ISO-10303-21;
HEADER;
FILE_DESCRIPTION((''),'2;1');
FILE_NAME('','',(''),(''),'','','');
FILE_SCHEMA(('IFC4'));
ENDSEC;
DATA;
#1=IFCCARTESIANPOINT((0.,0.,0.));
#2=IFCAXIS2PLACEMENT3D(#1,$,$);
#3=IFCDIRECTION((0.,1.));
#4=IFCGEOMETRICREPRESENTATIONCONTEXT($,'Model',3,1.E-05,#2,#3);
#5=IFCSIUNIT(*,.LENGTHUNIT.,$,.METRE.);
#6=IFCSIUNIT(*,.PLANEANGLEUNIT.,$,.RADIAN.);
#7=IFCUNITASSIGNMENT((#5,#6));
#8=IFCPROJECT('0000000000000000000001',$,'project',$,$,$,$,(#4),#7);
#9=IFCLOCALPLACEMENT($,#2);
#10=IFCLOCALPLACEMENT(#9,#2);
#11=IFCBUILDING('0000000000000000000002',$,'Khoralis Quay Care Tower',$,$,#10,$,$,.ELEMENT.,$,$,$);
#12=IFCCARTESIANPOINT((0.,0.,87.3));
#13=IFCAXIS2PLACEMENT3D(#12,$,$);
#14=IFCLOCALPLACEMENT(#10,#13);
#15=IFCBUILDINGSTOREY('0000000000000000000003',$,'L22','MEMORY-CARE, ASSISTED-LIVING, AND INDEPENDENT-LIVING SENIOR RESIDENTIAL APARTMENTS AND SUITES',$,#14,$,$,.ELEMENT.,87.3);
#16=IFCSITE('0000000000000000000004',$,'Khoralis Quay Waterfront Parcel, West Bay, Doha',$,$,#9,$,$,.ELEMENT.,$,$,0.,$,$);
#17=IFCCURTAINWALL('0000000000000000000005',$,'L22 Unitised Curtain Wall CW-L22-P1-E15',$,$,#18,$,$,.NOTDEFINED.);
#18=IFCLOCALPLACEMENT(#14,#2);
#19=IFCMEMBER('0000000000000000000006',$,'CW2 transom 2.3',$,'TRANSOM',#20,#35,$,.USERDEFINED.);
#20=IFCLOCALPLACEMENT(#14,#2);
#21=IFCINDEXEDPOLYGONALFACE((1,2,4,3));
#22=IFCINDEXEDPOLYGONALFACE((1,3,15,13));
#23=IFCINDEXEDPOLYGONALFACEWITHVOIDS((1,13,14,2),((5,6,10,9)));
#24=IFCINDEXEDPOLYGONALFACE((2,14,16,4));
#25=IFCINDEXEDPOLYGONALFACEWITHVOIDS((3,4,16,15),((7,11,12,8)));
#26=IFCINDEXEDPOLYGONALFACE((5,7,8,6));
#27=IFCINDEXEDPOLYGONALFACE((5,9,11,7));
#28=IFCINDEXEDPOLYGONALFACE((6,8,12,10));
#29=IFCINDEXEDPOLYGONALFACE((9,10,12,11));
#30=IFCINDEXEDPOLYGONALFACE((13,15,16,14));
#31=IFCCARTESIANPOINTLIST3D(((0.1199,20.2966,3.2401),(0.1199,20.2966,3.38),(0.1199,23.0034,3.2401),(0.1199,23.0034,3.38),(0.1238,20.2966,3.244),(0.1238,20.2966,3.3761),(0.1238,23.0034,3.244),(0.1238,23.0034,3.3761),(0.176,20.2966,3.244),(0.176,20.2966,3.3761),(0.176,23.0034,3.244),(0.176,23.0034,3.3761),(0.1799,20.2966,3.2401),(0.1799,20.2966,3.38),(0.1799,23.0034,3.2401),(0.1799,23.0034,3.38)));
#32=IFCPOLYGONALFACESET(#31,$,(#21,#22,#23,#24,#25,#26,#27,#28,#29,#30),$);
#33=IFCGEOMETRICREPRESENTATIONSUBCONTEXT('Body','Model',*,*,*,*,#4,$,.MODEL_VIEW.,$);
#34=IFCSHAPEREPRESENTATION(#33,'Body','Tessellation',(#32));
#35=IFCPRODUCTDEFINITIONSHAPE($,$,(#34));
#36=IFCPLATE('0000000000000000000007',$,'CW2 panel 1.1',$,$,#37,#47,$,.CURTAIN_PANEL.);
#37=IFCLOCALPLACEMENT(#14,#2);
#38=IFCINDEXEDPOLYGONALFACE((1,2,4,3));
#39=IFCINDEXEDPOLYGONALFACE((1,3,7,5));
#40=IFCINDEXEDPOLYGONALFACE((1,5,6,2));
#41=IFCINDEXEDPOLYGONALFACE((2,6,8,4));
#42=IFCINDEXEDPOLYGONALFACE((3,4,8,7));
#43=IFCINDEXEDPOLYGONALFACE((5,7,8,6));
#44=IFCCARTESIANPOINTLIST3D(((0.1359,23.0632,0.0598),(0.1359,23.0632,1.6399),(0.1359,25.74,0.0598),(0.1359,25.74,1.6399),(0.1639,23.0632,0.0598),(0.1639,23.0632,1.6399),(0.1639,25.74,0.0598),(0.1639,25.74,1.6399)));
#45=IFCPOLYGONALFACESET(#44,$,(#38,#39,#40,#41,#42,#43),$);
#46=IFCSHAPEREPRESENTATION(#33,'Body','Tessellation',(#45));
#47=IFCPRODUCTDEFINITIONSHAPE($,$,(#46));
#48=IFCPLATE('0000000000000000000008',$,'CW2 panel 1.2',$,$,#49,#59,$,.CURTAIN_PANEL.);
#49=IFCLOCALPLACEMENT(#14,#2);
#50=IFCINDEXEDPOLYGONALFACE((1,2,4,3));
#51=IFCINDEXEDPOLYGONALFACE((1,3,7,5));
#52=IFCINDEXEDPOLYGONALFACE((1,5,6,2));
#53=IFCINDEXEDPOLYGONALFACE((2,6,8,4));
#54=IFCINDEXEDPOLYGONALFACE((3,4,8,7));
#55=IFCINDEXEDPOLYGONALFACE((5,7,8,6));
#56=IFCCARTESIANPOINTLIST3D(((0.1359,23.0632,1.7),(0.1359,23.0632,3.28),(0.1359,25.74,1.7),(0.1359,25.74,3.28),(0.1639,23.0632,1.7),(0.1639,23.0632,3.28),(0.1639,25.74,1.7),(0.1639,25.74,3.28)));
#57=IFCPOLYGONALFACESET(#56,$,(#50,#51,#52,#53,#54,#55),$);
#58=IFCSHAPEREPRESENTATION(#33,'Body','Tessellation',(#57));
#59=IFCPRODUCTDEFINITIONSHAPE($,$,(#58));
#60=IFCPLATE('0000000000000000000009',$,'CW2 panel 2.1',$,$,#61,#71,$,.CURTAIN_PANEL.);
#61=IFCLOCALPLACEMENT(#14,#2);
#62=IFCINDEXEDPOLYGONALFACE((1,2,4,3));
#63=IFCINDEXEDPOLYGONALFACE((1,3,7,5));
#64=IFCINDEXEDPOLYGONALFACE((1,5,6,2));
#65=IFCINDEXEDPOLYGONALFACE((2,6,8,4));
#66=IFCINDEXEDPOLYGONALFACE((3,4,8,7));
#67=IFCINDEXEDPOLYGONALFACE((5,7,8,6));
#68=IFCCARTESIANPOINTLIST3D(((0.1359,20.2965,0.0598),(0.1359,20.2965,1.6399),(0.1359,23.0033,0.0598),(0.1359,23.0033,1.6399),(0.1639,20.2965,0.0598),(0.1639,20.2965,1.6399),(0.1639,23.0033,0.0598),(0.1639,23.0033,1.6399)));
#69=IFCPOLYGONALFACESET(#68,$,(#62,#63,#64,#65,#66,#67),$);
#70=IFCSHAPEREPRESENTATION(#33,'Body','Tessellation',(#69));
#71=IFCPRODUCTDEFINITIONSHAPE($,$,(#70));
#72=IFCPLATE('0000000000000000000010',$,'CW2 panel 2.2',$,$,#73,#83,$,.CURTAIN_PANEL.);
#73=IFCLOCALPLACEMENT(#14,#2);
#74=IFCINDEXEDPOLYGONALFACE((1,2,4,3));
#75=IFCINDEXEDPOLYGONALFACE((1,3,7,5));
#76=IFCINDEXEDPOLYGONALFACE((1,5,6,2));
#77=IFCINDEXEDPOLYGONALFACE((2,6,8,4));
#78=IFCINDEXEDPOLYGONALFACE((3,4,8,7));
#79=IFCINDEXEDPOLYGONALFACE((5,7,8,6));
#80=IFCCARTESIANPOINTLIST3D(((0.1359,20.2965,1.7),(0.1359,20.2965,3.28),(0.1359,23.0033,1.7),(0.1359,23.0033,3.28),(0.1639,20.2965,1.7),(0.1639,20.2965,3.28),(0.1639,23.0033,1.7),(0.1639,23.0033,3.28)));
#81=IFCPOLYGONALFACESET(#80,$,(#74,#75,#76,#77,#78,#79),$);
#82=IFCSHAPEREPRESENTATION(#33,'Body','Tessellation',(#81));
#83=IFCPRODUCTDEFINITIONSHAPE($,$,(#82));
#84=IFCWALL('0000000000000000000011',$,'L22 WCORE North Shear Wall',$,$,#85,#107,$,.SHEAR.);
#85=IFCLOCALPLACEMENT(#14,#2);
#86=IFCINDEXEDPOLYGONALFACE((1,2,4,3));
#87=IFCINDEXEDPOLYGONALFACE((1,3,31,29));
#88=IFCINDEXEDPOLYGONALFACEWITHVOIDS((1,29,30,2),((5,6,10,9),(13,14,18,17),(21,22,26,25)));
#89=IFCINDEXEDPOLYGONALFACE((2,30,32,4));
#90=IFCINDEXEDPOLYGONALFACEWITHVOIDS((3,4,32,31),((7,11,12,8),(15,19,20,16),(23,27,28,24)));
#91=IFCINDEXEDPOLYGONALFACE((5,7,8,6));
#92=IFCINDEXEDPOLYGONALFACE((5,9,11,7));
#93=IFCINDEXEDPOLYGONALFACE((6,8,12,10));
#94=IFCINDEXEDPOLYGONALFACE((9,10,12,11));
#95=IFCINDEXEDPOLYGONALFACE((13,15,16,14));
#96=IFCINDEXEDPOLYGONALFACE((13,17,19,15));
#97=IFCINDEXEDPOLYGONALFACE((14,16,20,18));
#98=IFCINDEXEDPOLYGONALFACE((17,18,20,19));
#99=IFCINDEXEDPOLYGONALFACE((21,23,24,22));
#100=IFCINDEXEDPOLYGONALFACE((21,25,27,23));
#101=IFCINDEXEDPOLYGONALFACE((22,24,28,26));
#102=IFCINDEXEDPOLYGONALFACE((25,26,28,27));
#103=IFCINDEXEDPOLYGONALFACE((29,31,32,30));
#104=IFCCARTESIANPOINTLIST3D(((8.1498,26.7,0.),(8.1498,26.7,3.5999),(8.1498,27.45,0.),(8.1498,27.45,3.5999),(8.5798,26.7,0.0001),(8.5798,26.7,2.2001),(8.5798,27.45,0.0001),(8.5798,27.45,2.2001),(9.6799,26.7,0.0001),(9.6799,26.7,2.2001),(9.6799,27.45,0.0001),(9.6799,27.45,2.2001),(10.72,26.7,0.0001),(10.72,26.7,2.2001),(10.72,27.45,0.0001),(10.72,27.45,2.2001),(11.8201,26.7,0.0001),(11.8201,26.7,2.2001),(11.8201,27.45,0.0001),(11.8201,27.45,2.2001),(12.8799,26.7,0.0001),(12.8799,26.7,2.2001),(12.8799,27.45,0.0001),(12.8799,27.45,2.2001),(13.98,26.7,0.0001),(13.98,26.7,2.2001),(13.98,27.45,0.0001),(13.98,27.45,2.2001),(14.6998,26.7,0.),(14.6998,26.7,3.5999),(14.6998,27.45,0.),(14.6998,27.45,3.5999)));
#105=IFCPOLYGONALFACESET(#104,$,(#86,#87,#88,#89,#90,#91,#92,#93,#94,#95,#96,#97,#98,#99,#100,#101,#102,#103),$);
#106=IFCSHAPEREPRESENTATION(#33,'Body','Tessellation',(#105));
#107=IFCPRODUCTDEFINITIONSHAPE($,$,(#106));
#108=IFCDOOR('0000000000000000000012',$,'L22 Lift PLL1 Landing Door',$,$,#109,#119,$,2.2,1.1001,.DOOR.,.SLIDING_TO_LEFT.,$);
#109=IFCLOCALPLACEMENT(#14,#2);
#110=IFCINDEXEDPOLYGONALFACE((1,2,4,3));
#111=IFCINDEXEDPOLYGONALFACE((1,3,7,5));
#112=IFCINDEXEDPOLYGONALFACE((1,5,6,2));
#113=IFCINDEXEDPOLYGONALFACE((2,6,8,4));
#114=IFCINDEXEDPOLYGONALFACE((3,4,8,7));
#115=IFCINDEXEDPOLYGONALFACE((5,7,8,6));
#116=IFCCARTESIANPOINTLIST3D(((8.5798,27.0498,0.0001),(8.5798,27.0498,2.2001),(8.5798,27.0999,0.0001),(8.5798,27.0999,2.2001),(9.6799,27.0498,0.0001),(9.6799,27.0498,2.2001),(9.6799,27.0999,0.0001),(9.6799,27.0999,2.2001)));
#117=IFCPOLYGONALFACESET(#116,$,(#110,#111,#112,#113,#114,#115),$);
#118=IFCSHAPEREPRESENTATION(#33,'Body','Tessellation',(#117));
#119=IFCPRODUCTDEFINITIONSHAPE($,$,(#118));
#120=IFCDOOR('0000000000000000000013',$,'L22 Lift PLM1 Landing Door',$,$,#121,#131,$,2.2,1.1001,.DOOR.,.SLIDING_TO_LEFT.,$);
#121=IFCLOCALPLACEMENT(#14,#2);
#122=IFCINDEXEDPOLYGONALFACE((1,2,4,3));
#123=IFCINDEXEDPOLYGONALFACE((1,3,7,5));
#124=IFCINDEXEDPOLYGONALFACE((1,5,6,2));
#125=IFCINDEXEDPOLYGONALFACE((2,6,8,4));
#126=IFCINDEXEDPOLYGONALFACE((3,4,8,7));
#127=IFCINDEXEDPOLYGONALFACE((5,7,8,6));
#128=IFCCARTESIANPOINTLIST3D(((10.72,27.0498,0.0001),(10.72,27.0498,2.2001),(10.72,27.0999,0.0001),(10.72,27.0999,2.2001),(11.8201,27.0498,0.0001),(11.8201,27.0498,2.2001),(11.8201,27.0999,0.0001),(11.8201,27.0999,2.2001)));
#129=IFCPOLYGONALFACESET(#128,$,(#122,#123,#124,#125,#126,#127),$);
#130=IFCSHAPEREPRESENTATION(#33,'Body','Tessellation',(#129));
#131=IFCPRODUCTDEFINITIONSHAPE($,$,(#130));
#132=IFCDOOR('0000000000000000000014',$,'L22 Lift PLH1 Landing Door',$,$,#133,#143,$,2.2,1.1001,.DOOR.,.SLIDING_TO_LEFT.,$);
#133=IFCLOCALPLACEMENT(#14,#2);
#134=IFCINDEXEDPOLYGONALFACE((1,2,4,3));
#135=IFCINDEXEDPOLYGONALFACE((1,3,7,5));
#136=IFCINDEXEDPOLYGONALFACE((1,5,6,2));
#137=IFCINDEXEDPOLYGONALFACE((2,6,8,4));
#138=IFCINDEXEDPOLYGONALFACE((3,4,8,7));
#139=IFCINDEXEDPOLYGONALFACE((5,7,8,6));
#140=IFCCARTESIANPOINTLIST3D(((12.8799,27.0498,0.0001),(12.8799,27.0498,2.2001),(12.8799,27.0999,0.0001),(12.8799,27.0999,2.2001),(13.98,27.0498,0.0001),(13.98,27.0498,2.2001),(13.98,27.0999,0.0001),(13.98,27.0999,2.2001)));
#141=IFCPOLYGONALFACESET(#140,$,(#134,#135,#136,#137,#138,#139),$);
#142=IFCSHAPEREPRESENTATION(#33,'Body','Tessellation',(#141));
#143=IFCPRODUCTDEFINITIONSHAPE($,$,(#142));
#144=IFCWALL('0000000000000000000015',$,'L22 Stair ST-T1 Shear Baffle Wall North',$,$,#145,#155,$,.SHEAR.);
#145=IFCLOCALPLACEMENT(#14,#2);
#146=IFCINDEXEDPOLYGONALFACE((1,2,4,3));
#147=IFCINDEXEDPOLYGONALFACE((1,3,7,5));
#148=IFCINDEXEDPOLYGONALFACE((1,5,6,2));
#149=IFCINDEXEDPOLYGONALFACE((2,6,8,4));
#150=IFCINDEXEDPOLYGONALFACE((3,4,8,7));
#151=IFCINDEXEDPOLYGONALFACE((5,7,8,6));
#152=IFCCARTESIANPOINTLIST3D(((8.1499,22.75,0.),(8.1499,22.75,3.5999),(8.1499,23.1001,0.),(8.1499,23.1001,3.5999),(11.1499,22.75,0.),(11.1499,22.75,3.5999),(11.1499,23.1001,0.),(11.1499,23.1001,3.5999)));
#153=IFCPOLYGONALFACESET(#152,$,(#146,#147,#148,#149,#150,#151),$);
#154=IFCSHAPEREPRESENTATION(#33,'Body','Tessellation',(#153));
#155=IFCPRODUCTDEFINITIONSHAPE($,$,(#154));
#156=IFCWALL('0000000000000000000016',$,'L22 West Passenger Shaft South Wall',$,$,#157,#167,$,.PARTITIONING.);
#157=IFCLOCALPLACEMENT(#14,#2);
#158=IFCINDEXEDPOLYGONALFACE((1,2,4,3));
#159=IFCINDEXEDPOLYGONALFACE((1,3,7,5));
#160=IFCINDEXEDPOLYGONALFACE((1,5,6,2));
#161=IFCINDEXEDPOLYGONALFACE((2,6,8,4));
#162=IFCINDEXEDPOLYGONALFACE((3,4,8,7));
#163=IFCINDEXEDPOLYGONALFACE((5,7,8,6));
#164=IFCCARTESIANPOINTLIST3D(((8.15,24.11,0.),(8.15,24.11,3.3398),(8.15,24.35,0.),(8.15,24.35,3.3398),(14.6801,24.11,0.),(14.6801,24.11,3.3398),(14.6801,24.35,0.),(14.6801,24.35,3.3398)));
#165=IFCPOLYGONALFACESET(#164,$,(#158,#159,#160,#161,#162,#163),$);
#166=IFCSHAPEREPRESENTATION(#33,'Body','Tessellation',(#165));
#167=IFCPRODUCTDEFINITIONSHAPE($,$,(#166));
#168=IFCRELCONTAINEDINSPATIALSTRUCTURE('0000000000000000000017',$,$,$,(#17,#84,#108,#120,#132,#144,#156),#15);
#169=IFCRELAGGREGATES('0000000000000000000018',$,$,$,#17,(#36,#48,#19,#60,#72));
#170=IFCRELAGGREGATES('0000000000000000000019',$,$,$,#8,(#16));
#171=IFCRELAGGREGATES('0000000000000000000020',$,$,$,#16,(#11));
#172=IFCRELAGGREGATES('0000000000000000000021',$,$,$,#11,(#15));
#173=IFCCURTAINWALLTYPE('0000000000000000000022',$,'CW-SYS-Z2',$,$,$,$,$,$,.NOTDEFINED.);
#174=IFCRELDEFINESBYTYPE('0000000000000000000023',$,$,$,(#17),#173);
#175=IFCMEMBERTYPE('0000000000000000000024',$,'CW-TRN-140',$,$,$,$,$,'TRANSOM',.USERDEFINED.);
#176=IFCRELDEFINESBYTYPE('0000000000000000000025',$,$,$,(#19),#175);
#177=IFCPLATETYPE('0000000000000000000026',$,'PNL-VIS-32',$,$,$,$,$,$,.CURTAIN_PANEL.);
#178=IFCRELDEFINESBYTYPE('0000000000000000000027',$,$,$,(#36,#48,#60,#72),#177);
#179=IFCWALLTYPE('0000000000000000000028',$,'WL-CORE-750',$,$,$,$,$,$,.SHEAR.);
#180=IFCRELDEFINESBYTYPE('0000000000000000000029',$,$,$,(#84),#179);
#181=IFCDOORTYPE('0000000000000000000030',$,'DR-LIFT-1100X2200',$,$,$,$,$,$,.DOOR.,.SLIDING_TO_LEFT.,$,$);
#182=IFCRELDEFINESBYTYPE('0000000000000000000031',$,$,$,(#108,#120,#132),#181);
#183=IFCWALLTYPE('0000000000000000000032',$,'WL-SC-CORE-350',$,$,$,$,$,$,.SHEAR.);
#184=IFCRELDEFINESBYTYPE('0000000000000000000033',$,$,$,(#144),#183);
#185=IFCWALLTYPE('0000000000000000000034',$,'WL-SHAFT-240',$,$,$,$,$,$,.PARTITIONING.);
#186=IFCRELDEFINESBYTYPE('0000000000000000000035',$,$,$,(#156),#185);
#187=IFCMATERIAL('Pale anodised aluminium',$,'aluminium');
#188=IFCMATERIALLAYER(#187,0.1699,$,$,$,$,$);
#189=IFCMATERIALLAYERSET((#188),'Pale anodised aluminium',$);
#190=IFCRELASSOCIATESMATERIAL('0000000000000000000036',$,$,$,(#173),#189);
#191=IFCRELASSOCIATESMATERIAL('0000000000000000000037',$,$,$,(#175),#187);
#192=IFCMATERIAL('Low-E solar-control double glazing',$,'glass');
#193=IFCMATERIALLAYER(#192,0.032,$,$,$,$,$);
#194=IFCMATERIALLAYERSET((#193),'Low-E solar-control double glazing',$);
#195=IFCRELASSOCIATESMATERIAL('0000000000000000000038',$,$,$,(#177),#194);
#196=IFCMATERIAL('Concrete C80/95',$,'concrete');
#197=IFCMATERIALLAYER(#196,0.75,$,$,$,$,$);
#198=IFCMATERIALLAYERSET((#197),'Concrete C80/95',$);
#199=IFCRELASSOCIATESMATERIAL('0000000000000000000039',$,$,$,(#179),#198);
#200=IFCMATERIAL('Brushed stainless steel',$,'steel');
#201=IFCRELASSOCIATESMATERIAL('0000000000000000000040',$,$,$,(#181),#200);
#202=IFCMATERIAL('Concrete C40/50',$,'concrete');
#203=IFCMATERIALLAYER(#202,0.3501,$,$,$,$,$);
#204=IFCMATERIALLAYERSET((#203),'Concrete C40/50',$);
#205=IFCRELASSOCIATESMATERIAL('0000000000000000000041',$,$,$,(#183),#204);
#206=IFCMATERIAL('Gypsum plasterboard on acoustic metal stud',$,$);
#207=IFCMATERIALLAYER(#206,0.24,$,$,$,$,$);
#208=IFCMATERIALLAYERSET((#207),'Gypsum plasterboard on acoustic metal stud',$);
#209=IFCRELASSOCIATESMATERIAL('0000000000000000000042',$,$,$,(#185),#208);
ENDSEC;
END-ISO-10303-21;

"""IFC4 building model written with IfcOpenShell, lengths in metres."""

from ifc_helpers import new_model, si_unit, direction, frame, frame_2d, origin, origin_2d, place, context, subcontext, project, spatial, rectangle, hollow_rectangle, extrude, source, transform, mapped, material, layer, layer_set, material_profile, profile_set, type_object, element, fill, aggregate, save


model = new_model("IFC4")

# Units and contexts
model_context = context("Model", 3, precision=1e-05, world=origin(), true_north=direction((0.0, 1.0)))
body_context = subcontext(model_context, "Body", "Model", "MODEL_VIEW")
ifc_project = project(units=[si_unit("LENGTHUNIT", "METRE"), si_unit("PLANEANGLEUNIT", "RADIAN")], contexts=[model_context])

# Site, building, storey
site_placement = place(None, origin())
site = spatial("IfcSite", under=ifc_project, at=site_placement, Name="Khoralis Quay Waterfront Parcel, West Bay, Doha", CompositionType="ELEMENT", RefElevation=0.0)
building_placement = place(site_placement, origin())
building = spatial("IfcBuilding", under=site, at=building_placement, Name="Khoralis Quay Care Tower", CompositionType="ELEMENT")
storey_placement = place(building_placement, frame((0.0, 0.0, 87.3)))
storey = spatial("IfcBuildingStorey", under=building, at=storey_placement, Name="L22", Description="MEMORY-CARE, ASSISTED-LIVING, AND INDEPENDENT-LIVING SENIOR RESIDENTIAL APARTMENTS AND SUITES", CompositionType="ELEMENT", Elevation=87.3)

# Shared definitions
ifc_material_1 = material(Name="Concrete C80/95", Category="concrete")

# Curtain wall, member, plates
ifc_material_2 = material(Name="Pale anodised aluminium", Category="aluminium")
ifc_layer_1 = layer(ifc_material_2, 0.1699)
ifc_layer_set_1 = layer_set([ifc_layer_1], Name="Pale anodised aluminium")
curtain_wall_type = type_object("IfcCurtainWallType", Name="CW-SYS-Z2", PredefinedType="NOTDEFINED", material=ifc_layer_set_1)
curtain_wall_placement = place(storey_placement, origin())
curtain_wall = element("IfcCurtainWall", 1, at=curtain_wall_placement, inside=storey, type_object=curtain_wall_type, Name="L22 Unitised Curtain Wall CW-L22-P1-E15", PredefinedType="NOTDEFINED")
ifc_material_profile_1 = material_profile(ifc_material_2, hollow_rectangle(XDim=0.0601, YDim=0.1399, WallThickness=0.0039, at=origin_2d()), Name="Pale anodised aluminium")
ifc_profile_set_1 = profile_set([ifc_material_profile_1], Name="Pale anodised aluminium")
member_type_1 = type_object("IfcMemberType", Name="CW-TRN-140", ElementType="TRANSOM", PredefinedType="USERDEFINED", material=ifc_profile_set_1)
shared_shape_1 = source(origin(), body_context, "Body", "SweptSolid", [
    extrude(hollow_rectangle(XDim=0.0601, YDim=0.1399, WallThickness=0.0039, at=origin_2d()), origin(), (0.0, 0.0, 1.0), 2.7068),
])
member_1_placement = place(storey_placement, frame((0.1499, 23.0034, 3.3101), z_axis=(0.0, -1.0, 0.0), x_axis=(1.0, 0.0, 0.0)))
member_1 = element("IfcMember", 2, at=member_1_placement, type_object=member_type_1, Name="CW2 transom 2.3", ObjectType="TRANSOM", PredefinedType="USERDEFINED", context=body_context, shape_type="MappedRepresentation", body=[
    mapped(shared_shape_1, transform((0.0, 0.0, 0.0), scale=1.0)),
])
ifc_material_3 = material(Name="Low-E solar-control double glazing", Category="glass")
ifc_layer_2 = layer(ifc_material_3, 0.032)
ifc_layer_set_2 = layer_set([ifc_layer_2], Name="Low-E solar-control double glazing")
plate_type = type_object("IfcPlateType", Name="PNL-VIS-32", PredefinedType="CURTAIN_PANEL", material=ifc_layer_set_2)
shared_shape_2 = source(origin(), body_context, "Body", "SweptSolid", [
    extrude(rectangle(XDim=2.6768, YDim=0.0281, at=origin_2d()), origin(), (0.0, 0.0, 1.0), 1.5801),
])
plate_1_placement = place(storey_placement, frame((0.1499, 24.4016, 0.0598), z_axis=(0.0, 0.0, 1.0), x_axis=(0.0, -1.0, 0.0)))
plate_1 = element("IfcPlate", 3, at=plate_1_placement, type_object=plate_type, Name="CW2 panel 1.1", PredefinedType="CURTAIN_PANEL", context=body_context, shape_type="MappedRepresentation", body=[
    mapped(shared_shape_2, transform((0.0, 0.0, 0.0), scale=1.0)),
])
plate_2_placement = place(storey_placement, frame((0.1499, 24.4016, 1.7), z_axis=(0.0, 0.0, 1.0), x_axis=(0.0, -1.0, 0.0)))
plate_2 = element("IfcPlate", 4, at=plate_2_placement, type_object=plate_type, Name="CW2 panel 1.2", PredefinedType="CURTAIN_PANEL", context=body_context, shape_type="MappedRepresentation", body=[
    mapped(shared_shape_2, transform((0.0, 0.0, 0.0), scale=1.0)),
])
shared_shape_3 = source(origin(), body_context, "Body", "SweptSolid", [
    extrude(rectangle(XDim=2.7068, YDim=0.0281, at=origin_2d()), origin(), (0.0, 0.0, 1.0), 1.5801),
])
plate_3_placement = place(storey_placement, frame((0.1499, 21.6499, 0.0598), z_axis=(0.0, 0.0, 1.0), x_axis=(0.0, -1.0, 0.0)))
plate_3 = element("IfcPlate", 5, at=plate_3_placement, type_object=plate_type, Name="CW2 panel 2.1", PredefinedType="CURTAIN_PANEL", context=body_context, shape_type="MappedRepresentation", body=[
    mapped(shared_shape_3, transform((0.0, 0.0, 0.0), scale=1.0)),
])
plate_4_placement = place(storey_placement, frame((0.1499, 21.6499, 1.7), z_axis=(0.0, 0.0, 1.0), x_axis=(0.0, -1.0, 0.0)))
plate_4 = element("IfcPlate", 6, at=plate_4_placement, type_object=plate_type, Name="CW2 panel 2.2", PredefinedType="CURTAIN_PANEL", context=body_context, shape_type="MappedRepresentation", body=[
    mapped(shared_shape_3, transform((0.0, 0.0, 0.0), scale=1.0)),
])
aggregate(curtain_wall, [plate_1, plate_2, member_1, plate_3, plate_4])

# Wall, openings, doors
ifc_layer_3 = layer(ifc_material_1, 0.75)
ifc_layer_set_3 = layer_set([ifc_layer_3], Name="Concrete C80/95")
wall_type_1 = type_object("IfcWallType", Name="WL-CORE-750", PredefinedType="SHEAR", material=ifc_layer_set_3)
wall_1_placement = place(storey_placement, frame((8.1499, 27.075, 0.0), z_axis=(0.0, 0.0, 1.0), x_axis=(1.0, 0.0, 0.0)))
wall_1 = element("IfcWall", 7, at=wall_1_placement, inside=storey, type_object=wall_type_1, Name="L22 WCORE North Shear Wall", PredefinedType="SHEAR", context=body_context, shape_type="SweptSolid", body=[
    extrude(rectangle(XDim=6.55, YDim=0.75, at=frame_2d((3.2749, 0.0))), origin(), (0.0, 0.0, 1.0), 3.5999),
])
opening_1_placement = place(wall_1_placement, frame((0.4299, 0.0, 0.0)))
opening_1 = element("IfcOpeningElement", 8, at=opening_1_placement, cuts=wall_1, PredefinedType="OPENING", context=body_context, shape_type="SweptSolid", body=[
    extrude(rectangle(XDim=1.1001, YDim=2.2, at=frame_2d((0.55, 1.1001))), frame((0.0, 0.385, 0.0), z_axis=(0.0, -1.0, 0.0), x_axis=(1.0, 0.0, 0.0)), (0.0, 0.0, 1.0), 0.77),
])
opening_2_placement = place(wall_1_placement, frame((2.5701, 0.0, 0.0)))
opening_2 = element("IfcOpeningElement", 9, at=opening_2_placement, cuts=wall_1, PredefinedType="OPENING", context=body_context, shape_type="SweptSolid", body=[
    extrude(rectangle(XDim=1.1001, YDim=2.2, at=frame_2d((0.55, 1.1001))), frame((0.0, 0.385, 0.0), z_axis=(0.0, -1.0, 0.0), x_axis=(1.0, 0.0, 0.0)), (0.0, 0.0, 1.0), 0.77),
])
opening_3_placement = place(wall_1_placement, frame((4.73, 0.0, 0.0)))
opening_3 = element("IfcOpeningElement", 10, at=opening_3_placement, cuts=wall_1, PredefinedType="OPENING", context=body_context, shape_type="SweptSolid", body=[
    extrude(rectangle(XDim=1.1001, YDim=2.2, at=frame_2d((0.55, 1.1001))), frame((0.0, 0.385, 0.0), z_axis=(0.0, -1.0, 0.0), x_axis=(1.0, 0.0, 0.0)), (0.0, 0.0, 1.0), 0.77),
])
ifc_material_4 = material(Name="Brushed stainless steel", Category="steel")
door_type = type_object("IfcDoorType", Name="DR-LIFT-1100X2200", OperationType="SLIDING_TO_LEFT", PredefinedType="DOOR", material=ifc_material_4)
shared_shape_4 = source(origin(), body_context, "Body", "SweptSolid", [
    extrude(rectangle(XDim=1.1001, YDim=2.2, at=frame_2d((0.55, 1.1001))), frame((0.0, 0.0249, 0.0), z_axis=(0.0, -1.0, 0.0), x_axis=(1.0, 0.0, 0.0)), (0.0, 0.0, 1.0), 0.05),
])
door_1_placement = place(opening_1_placement, origin())
door_1 = element("IfcDoor", 11, at=door_1_placement, inside=storey, type_object=door_type, Name="L22 Lift PLL1 Landing Door", OperationType="SLIDING_TO_LEFT", OverallHeight=2.2, OverallWidth=1.1001, PredefinedType="DOOR", context=body_context, shape_type="MappedRepresentation", body=[
    mapped(shared_shape_4, transform((0.0, 0.0, 0.0), scale=1.0)),
])
fill(opening_1, door_1)
door_2_placement = place(opening_2_placement, origin())
door_2 = element("IfcDoor", 12, at=door_2_placement, inside=storey, type_object=door_type, Name="L22 Lift PLM1 Landing Door", OperationType="SLIDING_TO_LEFT", OverallHeight=2.2, OverallWidth=1.1001, PredefinedType="DOOR", context=body_context, shape_type="MappedRepresentation", body=[
    mapped(shared_shape_4, transform((0.0, 0.0, 0.0), scale=1.0)),
])
fill(opening_2, door_2)
door_3_placement = place(opening_3_placement, origin())
door_3 = element("IfcDoor", 13, at=door_3_placement, inside=storey, type_object=door_type, Name="L22 Lift PLH1 Landing Door", OperationType="SLIDING_TO_LEFT", OverallHeight=2.2, OverallWidth=1.1001, PredefinedType="DOOR", context=body_context, shape_type="MappedRepresentation", body=[
    mapped(shared_shape_4, transform((0.0, 0.0, 0.0), scale=1.0)),
])
fill(opening_3, door_3)

# Walls
ifc_material_5 = material(Name="Concrete C40/50", Category="concrete")
ifc_layer_4 = layer(ifc_material_5, 0.3501)
ifc_layer_set_4 = layer_set([ifc_layer_4], Name="Concrete C40/50")
wall_type_2 = type_object("IfcWallType", Name="WL-SC-CORE-350", PredefinedType="SHEAR", material=ifc_layer_set_4)
wall_2_placement = place(storey_placement, frame((8.1499, 22.925, 0.0), z_axis=(0.0, 0.0, 1.0), x_axis=(1.0, 0.0, 0.0)))
element("IfcWall", 14, at=wall_2_placement, inside=storey, type_object=wall_type_2, Name="L22 Stair ST-T1 Shear Baffle Wall North", PredefinedType="SHEAR", context=body_context, shape_type="SweptSolid", body=[
    extrude(rectangle(XDim=3.0, YDim=0.3501, at=frame_2d((1.5, 0.0))), origin(), (0.0, 0.0, 1.0), 3.5999),
])
ifc_material_6 = material(Name="Gypsum plasterboard on acoustic metal stud")
ifc_layer_5 = layer(ifc_material_6, 0.24)
ifc_layer_set_5 = layer_set([ifc_layer_5], Name="Gypsum plasterboard on acoustic metal stud")
wall_type_3 = type_object("IfcWallType", Name="WL-SHAFT-240", PredefinedType="PARTITIONING", material=ifc_layer_set_5)
wall_3_placement = place(storey_placement, frame((8.1499, 24.23, 0.0), z_axis=(0.0, 0.0, 1.0), x_axis=(1.0, 0.0, 0.0)))
element("IfcWall", 15, at=wall_3_placement, inside=storey, type_object=wall_type_3, Name="L22 West Passenger Shaft South Wall", PredefinedType="PARTITIONING", context=body_context, shape_type="SweptSolid", body=[
    extrude(rectangle(XDim=6.53, YDim=0.24, at=frame_2d((3.2651, 0.0))), origin(), (0.0, 0.0, 1.0), 3.3398),
])

save(model, "model.ifc")
